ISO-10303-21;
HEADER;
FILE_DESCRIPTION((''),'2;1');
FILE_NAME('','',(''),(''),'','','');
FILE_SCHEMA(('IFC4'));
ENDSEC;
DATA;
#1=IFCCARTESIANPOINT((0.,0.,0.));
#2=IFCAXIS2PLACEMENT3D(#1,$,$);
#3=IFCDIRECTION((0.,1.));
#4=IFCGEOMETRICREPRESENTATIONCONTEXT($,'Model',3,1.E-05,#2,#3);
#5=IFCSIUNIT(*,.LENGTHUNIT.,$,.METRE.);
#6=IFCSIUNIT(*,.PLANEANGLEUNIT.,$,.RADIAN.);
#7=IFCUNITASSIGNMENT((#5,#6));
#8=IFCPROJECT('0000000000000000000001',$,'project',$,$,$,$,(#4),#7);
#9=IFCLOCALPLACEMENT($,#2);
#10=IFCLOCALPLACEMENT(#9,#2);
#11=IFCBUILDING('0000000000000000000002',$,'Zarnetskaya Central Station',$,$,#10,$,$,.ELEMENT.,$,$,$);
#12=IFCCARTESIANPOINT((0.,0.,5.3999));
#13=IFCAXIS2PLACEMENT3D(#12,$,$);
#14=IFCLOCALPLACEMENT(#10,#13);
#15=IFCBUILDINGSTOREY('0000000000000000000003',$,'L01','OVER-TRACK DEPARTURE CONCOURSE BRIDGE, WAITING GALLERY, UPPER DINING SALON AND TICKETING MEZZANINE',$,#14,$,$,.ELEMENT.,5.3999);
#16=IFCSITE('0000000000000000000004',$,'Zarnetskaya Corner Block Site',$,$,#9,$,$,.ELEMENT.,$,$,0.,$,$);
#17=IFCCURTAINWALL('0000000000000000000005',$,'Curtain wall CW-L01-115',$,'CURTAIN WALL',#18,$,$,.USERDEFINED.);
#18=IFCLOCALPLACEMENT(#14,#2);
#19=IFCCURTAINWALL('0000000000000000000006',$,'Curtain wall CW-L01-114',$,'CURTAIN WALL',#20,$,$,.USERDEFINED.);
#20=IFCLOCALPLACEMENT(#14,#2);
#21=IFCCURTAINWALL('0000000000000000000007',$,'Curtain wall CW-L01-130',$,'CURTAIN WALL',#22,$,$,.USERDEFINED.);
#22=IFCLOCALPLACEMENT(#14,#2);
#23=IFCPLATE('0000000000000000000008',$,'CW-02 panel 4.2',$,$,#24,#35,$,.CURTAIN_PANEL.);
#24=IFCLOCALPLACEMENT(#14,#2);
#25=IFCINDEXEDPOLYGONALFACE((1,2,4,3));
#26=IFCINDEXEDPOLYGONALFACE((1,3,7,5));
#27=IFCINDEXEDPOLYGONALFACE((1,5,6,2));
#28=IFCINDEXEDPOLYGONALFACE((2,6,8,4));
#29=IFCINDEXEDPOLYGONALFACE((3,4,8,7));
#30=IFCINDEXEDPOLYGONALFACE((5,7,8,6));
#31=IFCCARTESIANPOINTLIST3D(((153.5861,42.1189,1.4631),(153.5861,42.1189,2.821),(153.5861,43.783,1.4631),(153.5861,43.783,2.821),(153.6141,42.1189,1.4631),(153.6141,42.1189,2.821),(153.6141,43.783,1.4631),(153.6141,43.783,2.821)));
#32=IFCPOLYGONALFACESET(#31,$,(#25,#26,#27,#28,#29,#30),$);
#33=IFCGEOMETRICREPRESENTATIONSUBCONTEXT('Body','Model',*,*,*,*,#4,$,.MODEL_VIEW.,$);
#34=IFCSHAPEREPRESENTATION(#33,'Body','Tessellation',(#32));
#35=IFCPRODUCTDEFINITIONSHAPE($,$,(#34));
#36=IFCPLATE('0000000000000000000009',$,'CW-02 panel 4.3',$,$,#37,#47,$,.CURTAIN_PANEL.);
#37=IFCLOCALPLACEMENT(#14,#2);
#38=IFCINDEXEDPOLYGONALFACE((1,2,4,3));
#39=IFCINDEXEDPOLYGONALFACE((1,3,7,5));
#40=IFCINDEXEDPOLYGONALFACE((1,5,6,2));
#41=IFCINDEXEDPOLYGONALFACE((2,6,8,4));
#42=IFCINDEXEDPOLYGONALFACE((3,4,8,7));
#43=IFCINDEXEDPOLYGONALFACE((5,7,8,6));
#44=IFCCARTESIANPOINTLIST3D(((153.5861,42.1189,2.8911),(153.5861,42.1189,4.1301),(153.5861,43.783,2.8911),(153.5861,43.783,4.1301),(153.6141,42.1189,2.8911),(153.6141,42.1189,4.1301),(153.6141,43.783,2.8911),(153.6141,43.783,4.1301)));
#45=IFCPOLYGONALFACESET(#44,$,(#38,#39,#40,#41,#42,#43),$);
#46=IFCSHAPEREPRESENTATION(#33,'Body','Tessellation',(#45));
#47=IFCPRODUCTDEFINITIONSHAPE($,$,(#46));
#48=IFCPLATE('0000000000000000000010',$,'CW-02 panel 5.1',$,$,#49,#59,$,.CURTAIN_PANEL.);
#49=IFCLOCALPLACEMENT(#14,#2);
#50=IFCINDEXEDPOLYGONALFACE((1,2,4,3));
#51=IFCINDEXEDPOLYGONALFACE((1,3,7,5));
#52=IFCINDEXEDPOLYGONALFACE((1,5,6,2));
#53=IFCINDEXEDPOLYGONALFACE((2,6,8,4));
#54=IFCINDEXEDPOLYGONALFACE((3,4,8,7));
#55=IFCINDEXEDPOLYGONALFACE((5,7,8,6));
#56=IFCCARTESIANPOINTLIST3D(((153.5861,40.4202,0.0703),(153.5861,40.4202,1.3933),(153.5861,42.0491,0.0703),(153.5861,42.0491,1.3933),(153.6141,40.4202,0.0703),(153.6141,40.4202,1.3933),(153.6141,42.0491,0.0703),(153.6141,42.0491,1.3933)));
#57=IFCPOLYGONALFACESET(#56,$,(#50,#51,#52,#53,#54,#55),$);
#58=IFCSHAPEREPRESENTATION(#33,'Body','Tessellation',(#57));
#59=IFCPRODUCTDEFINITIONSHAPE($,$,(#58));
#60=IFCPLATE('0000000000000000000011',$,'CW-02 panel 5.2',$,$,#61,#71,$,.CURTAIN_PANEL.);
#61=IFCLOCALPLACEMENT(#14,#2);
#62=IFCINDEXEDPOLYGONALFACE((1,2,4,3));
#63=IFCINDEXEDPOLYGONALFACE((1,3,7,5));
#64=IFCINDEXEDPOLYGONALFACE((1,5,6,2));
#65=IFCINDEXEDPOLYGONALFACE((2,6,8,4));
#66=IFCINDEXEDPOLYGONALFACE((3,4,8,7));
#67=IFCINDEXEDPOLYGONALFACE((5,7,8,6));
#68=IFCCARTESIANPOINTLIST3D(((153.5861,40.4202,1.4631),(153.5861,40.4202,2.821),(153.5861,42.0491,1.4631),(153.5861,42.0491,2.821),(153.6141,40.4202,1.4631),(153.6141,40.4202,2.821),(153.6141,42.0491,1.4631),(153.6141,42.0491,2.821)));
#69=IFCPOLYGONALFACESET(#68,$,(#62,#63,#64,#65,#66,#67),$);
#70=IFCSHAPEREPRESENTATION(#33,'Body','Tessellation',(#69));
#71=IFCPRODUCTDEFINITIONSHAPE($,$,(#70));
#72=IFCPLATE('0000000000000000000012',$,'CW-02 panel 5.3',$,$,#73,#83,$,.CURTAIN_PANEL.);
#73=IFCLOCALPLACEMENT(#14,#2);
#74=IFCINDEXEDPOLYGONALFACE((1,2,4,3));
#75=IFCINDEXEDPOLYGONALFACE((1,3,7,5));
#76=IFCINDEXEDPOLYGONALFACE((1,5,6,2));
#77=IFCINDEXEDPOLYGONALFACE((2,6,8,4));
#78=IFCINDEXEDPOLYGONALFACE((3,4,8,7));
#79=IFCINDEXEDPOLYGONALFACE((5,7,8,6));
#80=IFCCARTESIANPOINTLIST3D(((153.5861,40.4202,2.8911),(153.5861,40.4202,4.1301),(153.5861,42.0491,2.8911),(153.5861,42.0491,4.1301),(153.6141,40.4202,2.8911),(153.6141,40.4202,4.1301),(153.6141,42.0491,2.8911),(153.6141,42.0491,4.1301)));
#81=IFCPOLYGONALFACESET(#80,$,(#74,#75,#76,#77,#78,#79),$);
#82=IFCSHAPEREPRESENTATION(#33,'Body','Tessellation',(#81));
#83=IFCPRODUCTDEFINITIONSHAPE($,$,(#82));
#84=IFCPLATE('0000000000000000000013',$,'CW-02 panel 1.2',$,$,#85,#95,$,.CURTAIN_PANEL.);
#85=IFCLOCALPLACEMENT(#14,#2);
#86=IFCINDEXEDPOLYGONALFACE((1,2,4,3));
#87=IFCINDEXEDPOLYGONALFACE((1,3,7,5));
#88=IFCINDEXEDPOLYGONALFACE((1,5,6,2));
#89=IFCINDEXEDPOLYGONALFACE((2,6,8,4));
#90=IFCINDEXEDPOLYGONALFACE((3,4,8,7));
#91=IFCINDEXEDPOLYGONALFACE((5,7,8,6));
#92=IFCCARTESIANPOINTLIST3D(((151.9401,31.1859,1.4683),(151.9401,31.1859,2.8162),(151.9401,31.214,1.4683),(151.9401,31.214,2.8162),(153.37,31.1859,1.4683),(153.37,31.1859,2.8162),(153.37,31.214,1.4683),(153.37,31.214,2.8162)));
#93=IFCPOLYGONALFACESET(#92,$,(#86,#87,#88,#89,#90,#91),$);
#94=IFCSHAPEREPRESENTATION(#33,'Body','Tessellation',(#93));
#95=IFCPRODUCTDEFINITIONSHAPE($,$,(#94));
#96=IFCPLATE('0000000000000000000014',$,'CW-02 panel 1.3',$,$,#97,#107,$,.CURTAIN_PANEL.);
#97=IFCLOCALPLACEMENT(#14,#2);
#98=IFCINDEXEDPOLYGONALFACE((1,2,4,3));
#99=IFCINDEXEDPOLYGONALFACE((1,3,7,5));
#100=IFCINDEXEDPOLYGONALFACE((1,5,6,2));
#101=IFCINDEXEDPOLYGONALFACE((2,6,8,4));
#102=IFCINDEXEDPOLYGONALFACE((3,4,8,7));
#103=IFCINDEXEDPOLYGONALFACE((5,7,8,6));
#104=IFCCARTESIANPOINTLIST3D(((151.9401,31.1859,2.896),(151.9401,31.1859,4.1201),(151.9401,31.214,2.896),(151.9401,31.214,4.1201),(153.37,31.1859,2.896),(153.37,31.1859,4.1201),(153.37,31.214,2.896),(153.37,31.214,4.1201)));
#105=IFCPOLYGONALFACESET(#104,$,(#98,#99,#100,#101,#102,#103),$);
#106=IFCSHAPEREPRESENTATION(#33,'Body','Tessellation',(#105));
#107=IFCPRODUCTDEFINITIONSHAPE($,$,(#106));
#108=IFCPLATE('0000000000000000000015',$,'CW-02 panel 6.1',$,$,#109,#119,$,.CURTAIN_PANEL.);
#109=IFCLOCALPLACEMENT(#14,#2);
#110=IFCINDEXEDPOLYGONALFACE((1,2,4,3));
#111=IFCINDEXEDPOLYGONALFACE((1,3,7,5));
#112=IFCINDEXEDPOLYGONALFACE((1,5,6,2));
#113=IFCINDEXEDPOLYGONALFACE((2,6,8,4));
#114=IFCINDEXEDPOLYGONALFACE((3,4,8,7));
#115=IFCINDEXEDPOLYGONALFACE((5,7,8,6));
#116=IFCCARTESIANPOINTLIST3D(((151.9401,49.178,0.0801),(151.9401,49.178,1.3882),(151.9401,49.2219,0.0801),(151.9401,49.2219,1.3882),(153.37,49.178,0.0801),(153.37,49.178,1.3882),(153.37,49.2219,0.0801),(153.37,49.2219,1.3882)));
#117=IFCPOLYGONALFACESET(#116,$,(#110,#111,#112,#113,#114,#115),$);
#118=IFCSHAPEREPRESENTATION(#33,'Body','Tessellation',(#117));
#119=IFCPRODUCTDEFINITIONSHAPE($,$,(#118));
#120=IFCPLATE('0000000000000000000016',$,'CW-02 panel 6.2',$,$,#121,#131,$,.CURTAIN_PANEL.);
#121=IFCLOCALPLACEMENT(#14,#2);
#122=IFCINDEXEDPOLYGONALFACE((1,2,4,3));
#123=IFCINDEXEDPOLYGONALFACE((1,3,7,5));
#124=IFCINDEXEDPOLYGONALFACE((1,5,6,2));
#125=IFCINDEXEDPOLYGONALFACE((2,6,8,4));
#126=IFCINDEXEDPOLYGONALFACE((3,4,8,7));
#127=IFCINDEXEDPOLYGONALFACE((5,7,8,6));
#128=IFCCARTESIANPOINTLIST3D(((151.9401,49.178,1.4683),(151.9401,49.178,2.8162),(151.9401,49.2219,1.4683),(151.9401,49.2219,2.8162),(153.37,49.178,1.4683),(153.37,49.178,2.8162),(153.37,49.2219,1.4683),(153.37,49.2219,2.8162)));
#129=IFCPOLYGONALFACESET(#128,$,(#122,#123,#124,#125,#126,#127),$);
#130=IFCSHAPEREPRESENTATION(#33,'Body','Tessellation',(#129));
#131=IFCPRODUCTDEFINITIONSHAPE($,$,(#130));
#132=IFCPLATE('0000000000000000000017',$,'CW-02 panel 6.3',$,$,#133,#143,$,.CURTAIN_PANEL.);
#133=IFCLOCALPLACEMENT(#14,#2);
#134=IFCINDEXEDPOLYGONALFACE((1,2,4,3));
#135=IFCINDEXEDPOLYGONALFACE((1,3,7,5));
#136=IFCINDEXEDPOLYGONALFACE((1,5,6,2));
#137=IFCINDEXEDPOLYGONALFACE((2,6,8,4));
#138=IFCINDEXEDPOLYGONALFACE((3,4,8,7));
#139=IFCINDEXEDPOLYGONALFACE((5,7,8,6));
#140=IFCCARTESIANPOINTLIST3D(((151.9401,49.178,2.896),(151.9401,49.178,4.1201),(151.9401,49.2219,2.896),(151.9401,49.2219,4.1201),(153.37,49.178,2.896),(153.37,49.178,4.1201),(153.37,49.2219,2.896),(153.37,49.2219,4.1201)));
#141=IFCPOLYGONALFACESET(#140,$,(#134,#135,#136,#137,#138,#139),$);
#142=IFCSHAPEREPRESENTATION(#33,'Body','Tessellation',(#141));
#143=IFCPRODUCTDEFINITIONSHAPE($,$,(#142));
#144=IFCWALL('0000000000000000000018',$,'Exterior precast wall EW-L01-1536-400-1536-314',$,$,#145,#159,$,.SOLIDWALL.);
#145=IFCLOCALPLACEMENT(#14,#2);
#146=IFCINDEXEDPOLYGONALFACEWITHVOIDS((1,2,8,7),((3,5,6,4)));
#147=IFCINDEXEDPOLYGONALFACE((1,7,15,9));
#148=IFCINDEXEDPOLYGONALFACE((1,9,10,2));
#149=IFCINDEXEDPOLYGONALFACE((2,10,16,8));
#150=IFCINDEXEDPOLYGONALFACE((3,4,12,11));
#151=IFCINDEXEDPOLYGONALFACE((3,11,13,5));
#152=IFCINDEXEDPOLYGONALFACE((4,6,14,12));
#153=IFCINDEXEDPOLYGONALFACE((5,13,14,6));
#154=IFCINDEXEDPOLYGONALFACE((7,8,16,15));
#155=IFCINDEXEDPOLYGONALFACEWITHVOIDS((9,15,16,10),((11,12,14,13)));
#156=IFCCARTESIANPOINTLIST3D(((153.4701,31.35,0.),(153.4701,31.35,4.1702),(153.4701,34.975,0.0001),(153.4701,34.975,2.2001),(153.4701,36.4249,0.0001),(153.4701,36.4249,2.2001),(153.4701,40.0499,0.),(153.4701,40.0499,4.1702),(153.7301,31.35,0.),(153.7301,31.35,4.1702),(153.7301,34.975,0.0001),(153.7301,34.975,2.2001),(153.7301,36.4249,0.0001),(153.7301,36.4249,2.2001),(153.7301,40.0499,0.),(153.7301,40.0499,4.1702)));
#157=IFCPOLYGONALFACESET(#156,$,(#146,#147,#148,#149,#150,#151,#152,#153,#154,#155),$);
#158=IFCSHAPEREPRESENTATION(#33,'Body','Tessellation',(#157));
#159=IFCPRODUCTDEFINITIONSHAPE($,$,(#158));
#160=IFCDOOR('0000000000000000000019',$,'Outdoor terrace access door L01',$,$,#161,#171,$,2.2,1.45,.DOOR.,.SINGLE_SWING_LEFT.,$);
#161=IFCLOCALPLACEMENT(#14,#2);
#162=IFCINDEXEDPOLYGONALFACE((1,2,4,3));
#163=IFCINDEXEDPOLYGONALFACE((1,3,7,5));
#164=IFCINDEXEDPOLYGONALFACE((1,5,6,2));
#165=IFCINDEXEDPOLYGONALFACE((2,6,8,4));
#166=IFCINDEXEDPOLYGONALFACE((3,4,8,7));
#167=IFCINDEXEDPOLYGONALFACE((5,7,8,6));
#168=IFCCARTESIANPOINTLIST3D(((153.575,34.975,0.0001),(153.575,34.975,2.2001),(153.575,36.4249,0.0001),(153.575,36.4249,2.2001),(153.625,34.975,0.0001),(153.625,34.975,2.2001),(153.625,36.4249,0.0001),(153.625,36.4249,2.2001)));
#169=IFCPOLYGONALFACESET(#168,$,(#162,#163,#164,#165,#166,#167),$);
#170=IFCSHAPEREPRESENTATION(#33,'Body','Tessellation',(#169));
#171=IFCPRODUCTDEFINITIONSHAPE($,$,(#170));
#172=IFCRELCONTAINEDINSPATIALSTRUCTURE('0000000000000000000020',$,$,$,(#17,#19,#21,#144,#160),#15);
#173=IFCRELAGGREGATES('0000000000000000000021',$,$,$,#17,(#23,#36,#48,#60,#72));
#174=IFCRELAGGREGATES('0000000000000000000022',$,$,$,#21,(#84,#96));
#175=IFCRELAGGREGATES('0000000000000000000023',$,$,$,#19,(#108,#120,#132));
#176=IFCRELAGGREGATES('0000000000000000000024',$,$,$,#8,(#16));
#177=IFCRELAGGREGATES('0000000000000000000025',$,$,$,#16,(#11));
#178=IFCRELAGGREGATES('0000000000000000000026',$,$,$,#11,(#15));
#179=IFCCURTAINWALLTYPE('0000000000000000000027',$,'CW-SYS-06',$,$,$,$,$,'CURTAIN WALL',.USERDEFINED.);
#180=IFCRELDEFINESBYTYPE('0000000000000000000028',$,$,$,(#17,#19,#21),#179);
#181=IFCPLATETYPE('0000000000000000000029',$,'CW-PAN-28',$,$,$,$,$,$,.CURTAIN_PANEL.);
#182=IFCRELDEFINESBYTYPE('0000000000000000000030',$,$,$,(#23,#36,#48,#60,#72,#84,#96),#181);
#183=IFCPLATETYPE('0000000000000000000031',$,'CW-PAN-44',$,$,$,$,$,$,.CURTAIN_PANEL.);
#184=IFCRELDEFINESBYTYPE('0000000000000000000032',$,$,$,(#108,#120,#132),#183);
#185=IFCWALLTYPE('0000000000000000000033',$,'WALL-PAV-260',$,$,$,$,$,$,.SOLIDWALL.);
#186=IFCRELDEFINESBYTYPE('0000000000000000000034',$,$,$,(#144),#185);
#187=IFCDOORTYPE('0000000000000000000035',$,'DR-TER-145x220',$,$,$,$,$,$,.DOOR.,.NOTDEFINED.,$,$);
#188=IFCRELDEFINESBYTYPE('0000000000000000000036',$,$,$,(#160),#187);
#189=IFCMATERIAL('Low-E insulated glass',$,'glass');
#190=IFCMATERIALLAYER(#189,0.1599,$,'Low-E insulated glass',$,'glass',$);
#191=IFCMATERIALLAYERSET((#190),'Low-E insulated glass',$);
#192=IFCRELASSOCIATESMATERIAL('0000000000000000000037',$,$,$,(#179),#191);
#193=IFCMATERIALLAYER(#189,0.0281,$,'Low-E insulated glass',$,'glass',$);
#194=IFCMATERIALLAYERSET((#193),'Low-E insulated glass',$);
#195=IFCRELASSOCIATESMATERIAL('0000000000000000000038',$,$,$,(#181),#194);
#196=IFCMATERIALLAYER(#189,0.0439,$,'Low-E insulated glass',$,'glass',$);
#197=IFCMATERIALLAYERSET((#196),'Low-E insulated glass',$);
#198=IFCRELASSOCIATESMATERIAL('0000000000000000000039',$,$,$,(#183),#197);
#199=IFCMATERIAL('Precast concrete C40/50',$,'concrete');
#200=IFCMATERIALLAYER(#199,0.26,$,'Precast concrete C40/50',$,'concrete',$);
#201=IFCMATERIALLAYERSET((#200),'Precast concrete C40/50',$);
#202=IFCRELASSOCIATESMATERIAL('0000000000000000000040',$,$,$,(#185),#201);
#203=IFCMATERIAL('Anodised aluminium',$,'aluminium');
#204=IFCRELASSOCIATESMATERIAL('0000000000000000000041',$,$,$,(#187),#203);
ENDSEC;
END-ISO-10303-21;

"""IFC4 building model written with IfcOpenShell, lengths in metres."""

from ifc_helpers import new_model, si_unit, direction, frame, frame_2d, origin, origin_2d, place, context, subcontext, project, spatial, rectangle, extrude, material, layer, layer_set, type_object, element, fill, aggregate, save


model = new_model("IFC4")

# Units and contexts
model_context = context("Model", 3, precision=1e-05, world=origin(), true_north=direction((0.0, 1.0)))
body_context = subcontext(model_context, "Body", "Model", "MODEL_VIEW")
ifc_project = project(units=[si_unit("LENGTHUNIT", "METRE"), si_unit("PLANEANGLEUNIT", "RADIAN")], contexts=[model_context])

# Site, building, storey
site_placement = place(None, origin())
site = spatial("IfcSite", under=ifc_project, at=site_placement, Name="Zarnetskaya Corner Block Site", CompositionType="ELEMENT", RefElevation=0.0)
building_placement = place(site_placement, origin())
building = spatial("IfcBuilding", under=site, at=building_placement, Name="Zarnetskaya Central Station", CompositionType="ELEMENT")
storey_placement = place(building_placement, frame((0.0, 0.0, 5.3999)))
storey = spatial("IfcBuildingStorey", under=building, at=storey_placement, Name="L01", Description="OVER-TRACK DEPARTURE CONCOURSE BRIDGE, WAITING GALLERY, UPPER DINING SALON AND TICKETING MEZZANINE", CompositionType="ELEMENT", Elevation=5.3999)

# Curtain wall
ifc_material_1 = material(Name="Low-E insulated glass", Category="glass")
ifc_layer_1 = layer(ifc_material_1, 0.1599, Name="Low-E insulated glass", Category="glass")
ifc_layer_set_1 = layer_set([ifc_layer_1], Name="Low-E insulated glass")
curtain_wall_type = type_object("IfcCurtainWallType", Name="CW-SYS-06", ElementType="CURTAIN WALL", PredefinedType="USERDEFINED", material=ifc_layer_set_1)
curtain_wall_1_placement = place(storey_placement, origin())
curtain_wall_1 = element("IfcCurtainWall", 1, at=curtain_wall_1_placement, inside=storey, type_object=curtain_wall_type, Name="Curtain wall CW-L01-115", ObjectType="CURTAIN WALL", PredefinedType="USERDEFINED")
ifc_material_2 = material(Name="Anodised aluminium", Category="aluminium")

# Curtain walls
curtain_wall_2_placement = place(storey_placement, origin())
curtain_wall_2 = element("IfcCurtainWall", 2, at=curtain_wall_2_placement, inside=storey, type_object=curtain_wall_type, Name="Curtain wall CW-L01-114", ObjectType="CURTAIN WALL", PredefinedType="USERDEFINED")
curtain_wall_3_placement = place(storey_placement, origin())
curtain_wall_3 = element("IfcCurtainWall", 3, at=curtain_wall_3_placement, inside=storey, type_object=curtain_wall_type, Name="Curtain wall CW-L01-130", ObjectType="CURTAIN WALL", PredefinedType="USERDEFINED")

# Plates
ifc_layer_2 = layer(ifc_material_1, 0.0281, Name="Low-E insulated glass", Category="glass")
ifc_layer_set_2 = layer_set([ifc_layer_2], Name="Low-E insulated glass")
plate_type_1 = type_object("IfcPlateType", Name="CW-PAN-28", PredefinedType="CURTAIN_PANEL", material=ifc_layer_set_2)
plate_1_placement = place(storey_placement, frame((153.6001, 42.9509, 1.4631), z_axis=(0.0, 0.0, 1.0), x_axis=(0.0, -1.0, 0.0)))
plate_1 = element("IfcPlate", 4, at=plate_1_placement, type_object=plate_type_1, Name="CW-02 panel 4.2", PredefinedType="CURTAIN_PANEL", context=body_context, shape_type="SweptSolid", body=[
    extrude(rectangle(XDim=1.6641, YDim=0.0281, at=origin_2d()), origin(), (0.0, 0.0, 1.0), 1.3579),
])
plate_2_placement = place(storey_placement, frame((153.6001, 42.9509, 2.8911), z_axis=(0.0, 0.0, 1.0), x_axis=(0.0, -1.0, 0.0)))
plate_2 = element("IfcPlate", 5, at=plate_2_placement, type_object=plate_type_1, Name="CW-02 panel 4.3", PredefinedType="CURTAIN_PANEL", context=body_context, shape_type="SweptSolid", body=[
    extrude(rectangle(XDim=1.6641, YDim=0.0281, at=origin_2d()), origin(), (0.0, 0.0, 1.0), 1.239),
])
plate_3_placement = place(storey_placement, frame((153.6001, 41.2346, 0.0703), z_axis=(0.0, 0.0, 1.0), x_axis=(0.0, -1.0, 0.0)))
plate_3 = element("IfcPlate", 6, at=plate_3_placement, type_object=plate_type_1, Name="CW-02 panel 5.1", PredefinedType="CURTAIN_PANEL", context=body_context, shape_type="SweptSolid", body=[
    extrude(rectangle(XDim=1.6289, YDim=0.0281, at=origin_2d()), origin(), (0.0, 0.0, 1.0), 1.323),
])
plate_4_placement = place(storey_placement, frame((153.6001, 41.2346, 1.4631), z_axis=(0.0, 0.0, 1.0), x_axis=(0.0, -1.0, 0.0)))
plate_4 = element("IfcPlate", 7, at=plate_4_placement, type_object=plate_type_1, Name="CW-02 panel 5.2", PredefinedType="CURTAIN_PANEL", context=body_context, shape_type="SweptSolid", body=[
    extrude(rectangle(XDim=1.6289, YDim=0.0281, at=origin_2d()), origin(), (0.0, 0.0, 1.0), 1.3579),
])
plate_5_placement = place(storey_placement, frame((153.6001, 41.2346, 2.8911), z_axis=(0.0, 0.0, 1.0), x_axis=(0.0, -1.0, 0.0)))
plate_5 = element("IfcPlate", 8, at=plate_5_placement, type_object=plate_type_1, Name="CW-02 panel 5.3", PredefinedType="CURTAIN_PANEL", context=body_context, shape_type="SweptSolid", body=[
    extrude(rectangle(XDim=1.6289, YDim=0.0281, at=origin_2d()), origin(), (0.0, 0.0, 1.0), 1.239),
])
aggregate(curtain_wall_1, [plate_1, plate_2, plate_3, plate_4, plate_5])
plate_6_placement = place(storey_placement, frame((152.655, 31.2, 1.4683), z_axis=(0.0, 0.0, 1.0), x_axis=(-1.0, 0.0, 0.0)))
plate_6 = element("IfcPlate", 9, at=plate_6_placement, type_object=plate_type_1, Name="CW-02 panel 1.2", PredefinedType="CURTAIN_PANEL", context=body_context, shape_type="SweptSolid", body=[
    extrude(rectangle(XDim=1.4299, YDim=0.0281, at=origin_2d()), origin(), (0.0, 0.0, 1.0), 1.3479),
])
plate_7_placement = place(storey_placement, frame((152.655, 31.2, 2.896), z_axis=(0.0, 0.0, 1.0), x_axis=(-1.0, 0.0, 0.0)))
plate_7 = element("IfcPlate", 10, at=plate_7_placement, type_object=plate_type_1, Name="CW-02 panel 1.3", PredefinedType="CURTAIN_PANEL", context=body_context, shape_type="SweptSolid", body=[
    extrude(rectangle(XDim=1.4299, YDim=0.0281, at=origin_2d()), origin(), (0.0, 0.0, 1.0), 1.2241),
])
aggregate(curtain_wall_3, [plate_6, plate_7])
ifc_layer_3 = layer(ifc_material_1, 0.0439, Name="Low-E insulated glass", Category="glass")
ifc_layer_set_3 = layer_set([ifc_layer_3], Name="Low-E insulated glass")
plate_type_2 = type_object("IfcPlateType", Name="CW-PAN-44", PredefinedType="CURTAIN_PANEL", material=ifc_layer_set_3)
plate_8_placement = place(storey_placement, frame((152.655, 49.2, 0.0801), z_axis=(0.0, 0.0, 1.0), x_axis=(1.0, 0.0, 0.0)))
plate_8 = element("IfcPlate", 11, at=plate_8_placement, type_object=plate_type_2, Name="CW-02 panel 6.1", PredefinedType="CURTAIN_PANEL", context=body_context, shape_type="SweptSolid", body=[
    extrude(rectangle(XDim=1.4299, YDim=0.0439, at=origin_2d()), origin(), (0.0, 0.0, 1.0), 1.3081),
])
plate_9_placement = place(storey_placement, frame((152.655, 49.2, 1.4683), z_axis=(0.0, 0.0, 1.0), x_axis=(1.0, 0.0, 0.0)))
plate_9 = element("IfcPlate", 12, at=plate_9_placement, type_object=plate_type_2, Name="CW-02 panel 6.2", PredefinedType="CURTAIN_PANEL", context=body_context, shape_type="SweptSolid", body=[
    extrude(rectangle(XDim=1.4299, YDim=0.0439, at=origin_2d()), origin(), (0.0, 0.0, 1.0), 1.3479),
])
plate_10_placement = place(storey_placement, frame((152.655, 49.2, 2.896), z_axis=(0.0, 0.0, 1.0), x_axis=(1.0, 0.0, 0.0)))
plate_10 = element("IfcPlate", 13, at=plate_10_placement, type_object=plate_type_2, Name="CW-02 panel 6.3", PredefinedType="CURTAIN_PANEL", context=body_context, shape_type="SweptSolid", body=[
    extrude(rectangle(XDim=1.4299, YDim=0.0439, at=origin_2d()), origin(), (0.0, 0.0, 1.0), 1.2241),
])
aggregate(curtain_wall_2, [plate_8, plate_9, plate_10])

# Wall, opening, door
ifc_material_3 = material(Name="Precast concrete C40/50", Category="concrete")
ifc_layer_4 = layer(ifc_material_3, 0.26, Name="Precast concrete C40/50", Category="concrete")
ifc_layer_set_4 = layer_set([ifc_layer_4], Name="Precast concrete C40/50")
wall_type = type_object("IfcWallType", Name="WALL-PAV-260", PredefinedType="SOLIDWALL", material=ifc_layer_set_4)
wall_placement = place(storey_placement, frame((153.6001, 40.05, 0.0), z_axis=(0.0, 0.0, 1.0), x_axis=(0.0, -1.0, 0.0)))
wall = element("IfcWall", 14, at=wall_placement, inside=storey, type_object=wall_type, Name="Exterior precast wall EW-L01-1536-400-1536-314", PredefinedType="SOLIDWALL", context=body_context, shape_type="SweptSolid", body=[
    extrude(rectangle(XDim=8.7, YDim=0.26, at=frame_2d((4.3501, 0.0))), origin(), (0.0, 0.0, 1.0), 4.1702),
])
opening_placement = place(wall_placement, frame((3.625, 0.0, 0.0)))
opening = element("IfcOpeningElement", 15, at=opening_placement, cuts=wall, PredefinedType="OPENING", context=body_context, shape_type="SweptSolid", body=[
    extrude(rectangle(XDim=1.45, YDim=2.2, at=frame_2d((0.7251, 1.1001))), frame((0.0, 0.1401, 0.0), z_axis=(0.0, -1.0, 0.0), x_axis=(1.0, 0.0, 0.0)), (0.0, 0.0, 1.0), 0.28),
])
door_type = type_object("IfcDoorType", Name="DR-TER-145x220", OperationType="NOTDEFINED", PredefinedType="DOOR", material=ifc_material_2)
door_placement = place(opening_placement, origin())
door = element("IfcDoor", 16, at=door_placement, inside=storey, type_object=door_type, Name="Outdoor terrace access door L01", OperationType="SINGLE_SWING_LEFT", OverallHeight=2.2, OverallWidth=1.45, PredefinedType="DOOR", context=body_context, shape_type="SweptSolid", body=[
    extrude(rectangle(XDim=1.45, YDim=2.2, at=frame_2d((0.7251, 1.1001))), frame((0.0, 0.0249, 0.0), z_axis=(0.0, -1.0, 0.0), x_axis=(1.0, 0.0, 0.0)), (0.0, 0.0, 1.0), 0.05),
])
fill(opening, door)

save(model, "model.ifc")
